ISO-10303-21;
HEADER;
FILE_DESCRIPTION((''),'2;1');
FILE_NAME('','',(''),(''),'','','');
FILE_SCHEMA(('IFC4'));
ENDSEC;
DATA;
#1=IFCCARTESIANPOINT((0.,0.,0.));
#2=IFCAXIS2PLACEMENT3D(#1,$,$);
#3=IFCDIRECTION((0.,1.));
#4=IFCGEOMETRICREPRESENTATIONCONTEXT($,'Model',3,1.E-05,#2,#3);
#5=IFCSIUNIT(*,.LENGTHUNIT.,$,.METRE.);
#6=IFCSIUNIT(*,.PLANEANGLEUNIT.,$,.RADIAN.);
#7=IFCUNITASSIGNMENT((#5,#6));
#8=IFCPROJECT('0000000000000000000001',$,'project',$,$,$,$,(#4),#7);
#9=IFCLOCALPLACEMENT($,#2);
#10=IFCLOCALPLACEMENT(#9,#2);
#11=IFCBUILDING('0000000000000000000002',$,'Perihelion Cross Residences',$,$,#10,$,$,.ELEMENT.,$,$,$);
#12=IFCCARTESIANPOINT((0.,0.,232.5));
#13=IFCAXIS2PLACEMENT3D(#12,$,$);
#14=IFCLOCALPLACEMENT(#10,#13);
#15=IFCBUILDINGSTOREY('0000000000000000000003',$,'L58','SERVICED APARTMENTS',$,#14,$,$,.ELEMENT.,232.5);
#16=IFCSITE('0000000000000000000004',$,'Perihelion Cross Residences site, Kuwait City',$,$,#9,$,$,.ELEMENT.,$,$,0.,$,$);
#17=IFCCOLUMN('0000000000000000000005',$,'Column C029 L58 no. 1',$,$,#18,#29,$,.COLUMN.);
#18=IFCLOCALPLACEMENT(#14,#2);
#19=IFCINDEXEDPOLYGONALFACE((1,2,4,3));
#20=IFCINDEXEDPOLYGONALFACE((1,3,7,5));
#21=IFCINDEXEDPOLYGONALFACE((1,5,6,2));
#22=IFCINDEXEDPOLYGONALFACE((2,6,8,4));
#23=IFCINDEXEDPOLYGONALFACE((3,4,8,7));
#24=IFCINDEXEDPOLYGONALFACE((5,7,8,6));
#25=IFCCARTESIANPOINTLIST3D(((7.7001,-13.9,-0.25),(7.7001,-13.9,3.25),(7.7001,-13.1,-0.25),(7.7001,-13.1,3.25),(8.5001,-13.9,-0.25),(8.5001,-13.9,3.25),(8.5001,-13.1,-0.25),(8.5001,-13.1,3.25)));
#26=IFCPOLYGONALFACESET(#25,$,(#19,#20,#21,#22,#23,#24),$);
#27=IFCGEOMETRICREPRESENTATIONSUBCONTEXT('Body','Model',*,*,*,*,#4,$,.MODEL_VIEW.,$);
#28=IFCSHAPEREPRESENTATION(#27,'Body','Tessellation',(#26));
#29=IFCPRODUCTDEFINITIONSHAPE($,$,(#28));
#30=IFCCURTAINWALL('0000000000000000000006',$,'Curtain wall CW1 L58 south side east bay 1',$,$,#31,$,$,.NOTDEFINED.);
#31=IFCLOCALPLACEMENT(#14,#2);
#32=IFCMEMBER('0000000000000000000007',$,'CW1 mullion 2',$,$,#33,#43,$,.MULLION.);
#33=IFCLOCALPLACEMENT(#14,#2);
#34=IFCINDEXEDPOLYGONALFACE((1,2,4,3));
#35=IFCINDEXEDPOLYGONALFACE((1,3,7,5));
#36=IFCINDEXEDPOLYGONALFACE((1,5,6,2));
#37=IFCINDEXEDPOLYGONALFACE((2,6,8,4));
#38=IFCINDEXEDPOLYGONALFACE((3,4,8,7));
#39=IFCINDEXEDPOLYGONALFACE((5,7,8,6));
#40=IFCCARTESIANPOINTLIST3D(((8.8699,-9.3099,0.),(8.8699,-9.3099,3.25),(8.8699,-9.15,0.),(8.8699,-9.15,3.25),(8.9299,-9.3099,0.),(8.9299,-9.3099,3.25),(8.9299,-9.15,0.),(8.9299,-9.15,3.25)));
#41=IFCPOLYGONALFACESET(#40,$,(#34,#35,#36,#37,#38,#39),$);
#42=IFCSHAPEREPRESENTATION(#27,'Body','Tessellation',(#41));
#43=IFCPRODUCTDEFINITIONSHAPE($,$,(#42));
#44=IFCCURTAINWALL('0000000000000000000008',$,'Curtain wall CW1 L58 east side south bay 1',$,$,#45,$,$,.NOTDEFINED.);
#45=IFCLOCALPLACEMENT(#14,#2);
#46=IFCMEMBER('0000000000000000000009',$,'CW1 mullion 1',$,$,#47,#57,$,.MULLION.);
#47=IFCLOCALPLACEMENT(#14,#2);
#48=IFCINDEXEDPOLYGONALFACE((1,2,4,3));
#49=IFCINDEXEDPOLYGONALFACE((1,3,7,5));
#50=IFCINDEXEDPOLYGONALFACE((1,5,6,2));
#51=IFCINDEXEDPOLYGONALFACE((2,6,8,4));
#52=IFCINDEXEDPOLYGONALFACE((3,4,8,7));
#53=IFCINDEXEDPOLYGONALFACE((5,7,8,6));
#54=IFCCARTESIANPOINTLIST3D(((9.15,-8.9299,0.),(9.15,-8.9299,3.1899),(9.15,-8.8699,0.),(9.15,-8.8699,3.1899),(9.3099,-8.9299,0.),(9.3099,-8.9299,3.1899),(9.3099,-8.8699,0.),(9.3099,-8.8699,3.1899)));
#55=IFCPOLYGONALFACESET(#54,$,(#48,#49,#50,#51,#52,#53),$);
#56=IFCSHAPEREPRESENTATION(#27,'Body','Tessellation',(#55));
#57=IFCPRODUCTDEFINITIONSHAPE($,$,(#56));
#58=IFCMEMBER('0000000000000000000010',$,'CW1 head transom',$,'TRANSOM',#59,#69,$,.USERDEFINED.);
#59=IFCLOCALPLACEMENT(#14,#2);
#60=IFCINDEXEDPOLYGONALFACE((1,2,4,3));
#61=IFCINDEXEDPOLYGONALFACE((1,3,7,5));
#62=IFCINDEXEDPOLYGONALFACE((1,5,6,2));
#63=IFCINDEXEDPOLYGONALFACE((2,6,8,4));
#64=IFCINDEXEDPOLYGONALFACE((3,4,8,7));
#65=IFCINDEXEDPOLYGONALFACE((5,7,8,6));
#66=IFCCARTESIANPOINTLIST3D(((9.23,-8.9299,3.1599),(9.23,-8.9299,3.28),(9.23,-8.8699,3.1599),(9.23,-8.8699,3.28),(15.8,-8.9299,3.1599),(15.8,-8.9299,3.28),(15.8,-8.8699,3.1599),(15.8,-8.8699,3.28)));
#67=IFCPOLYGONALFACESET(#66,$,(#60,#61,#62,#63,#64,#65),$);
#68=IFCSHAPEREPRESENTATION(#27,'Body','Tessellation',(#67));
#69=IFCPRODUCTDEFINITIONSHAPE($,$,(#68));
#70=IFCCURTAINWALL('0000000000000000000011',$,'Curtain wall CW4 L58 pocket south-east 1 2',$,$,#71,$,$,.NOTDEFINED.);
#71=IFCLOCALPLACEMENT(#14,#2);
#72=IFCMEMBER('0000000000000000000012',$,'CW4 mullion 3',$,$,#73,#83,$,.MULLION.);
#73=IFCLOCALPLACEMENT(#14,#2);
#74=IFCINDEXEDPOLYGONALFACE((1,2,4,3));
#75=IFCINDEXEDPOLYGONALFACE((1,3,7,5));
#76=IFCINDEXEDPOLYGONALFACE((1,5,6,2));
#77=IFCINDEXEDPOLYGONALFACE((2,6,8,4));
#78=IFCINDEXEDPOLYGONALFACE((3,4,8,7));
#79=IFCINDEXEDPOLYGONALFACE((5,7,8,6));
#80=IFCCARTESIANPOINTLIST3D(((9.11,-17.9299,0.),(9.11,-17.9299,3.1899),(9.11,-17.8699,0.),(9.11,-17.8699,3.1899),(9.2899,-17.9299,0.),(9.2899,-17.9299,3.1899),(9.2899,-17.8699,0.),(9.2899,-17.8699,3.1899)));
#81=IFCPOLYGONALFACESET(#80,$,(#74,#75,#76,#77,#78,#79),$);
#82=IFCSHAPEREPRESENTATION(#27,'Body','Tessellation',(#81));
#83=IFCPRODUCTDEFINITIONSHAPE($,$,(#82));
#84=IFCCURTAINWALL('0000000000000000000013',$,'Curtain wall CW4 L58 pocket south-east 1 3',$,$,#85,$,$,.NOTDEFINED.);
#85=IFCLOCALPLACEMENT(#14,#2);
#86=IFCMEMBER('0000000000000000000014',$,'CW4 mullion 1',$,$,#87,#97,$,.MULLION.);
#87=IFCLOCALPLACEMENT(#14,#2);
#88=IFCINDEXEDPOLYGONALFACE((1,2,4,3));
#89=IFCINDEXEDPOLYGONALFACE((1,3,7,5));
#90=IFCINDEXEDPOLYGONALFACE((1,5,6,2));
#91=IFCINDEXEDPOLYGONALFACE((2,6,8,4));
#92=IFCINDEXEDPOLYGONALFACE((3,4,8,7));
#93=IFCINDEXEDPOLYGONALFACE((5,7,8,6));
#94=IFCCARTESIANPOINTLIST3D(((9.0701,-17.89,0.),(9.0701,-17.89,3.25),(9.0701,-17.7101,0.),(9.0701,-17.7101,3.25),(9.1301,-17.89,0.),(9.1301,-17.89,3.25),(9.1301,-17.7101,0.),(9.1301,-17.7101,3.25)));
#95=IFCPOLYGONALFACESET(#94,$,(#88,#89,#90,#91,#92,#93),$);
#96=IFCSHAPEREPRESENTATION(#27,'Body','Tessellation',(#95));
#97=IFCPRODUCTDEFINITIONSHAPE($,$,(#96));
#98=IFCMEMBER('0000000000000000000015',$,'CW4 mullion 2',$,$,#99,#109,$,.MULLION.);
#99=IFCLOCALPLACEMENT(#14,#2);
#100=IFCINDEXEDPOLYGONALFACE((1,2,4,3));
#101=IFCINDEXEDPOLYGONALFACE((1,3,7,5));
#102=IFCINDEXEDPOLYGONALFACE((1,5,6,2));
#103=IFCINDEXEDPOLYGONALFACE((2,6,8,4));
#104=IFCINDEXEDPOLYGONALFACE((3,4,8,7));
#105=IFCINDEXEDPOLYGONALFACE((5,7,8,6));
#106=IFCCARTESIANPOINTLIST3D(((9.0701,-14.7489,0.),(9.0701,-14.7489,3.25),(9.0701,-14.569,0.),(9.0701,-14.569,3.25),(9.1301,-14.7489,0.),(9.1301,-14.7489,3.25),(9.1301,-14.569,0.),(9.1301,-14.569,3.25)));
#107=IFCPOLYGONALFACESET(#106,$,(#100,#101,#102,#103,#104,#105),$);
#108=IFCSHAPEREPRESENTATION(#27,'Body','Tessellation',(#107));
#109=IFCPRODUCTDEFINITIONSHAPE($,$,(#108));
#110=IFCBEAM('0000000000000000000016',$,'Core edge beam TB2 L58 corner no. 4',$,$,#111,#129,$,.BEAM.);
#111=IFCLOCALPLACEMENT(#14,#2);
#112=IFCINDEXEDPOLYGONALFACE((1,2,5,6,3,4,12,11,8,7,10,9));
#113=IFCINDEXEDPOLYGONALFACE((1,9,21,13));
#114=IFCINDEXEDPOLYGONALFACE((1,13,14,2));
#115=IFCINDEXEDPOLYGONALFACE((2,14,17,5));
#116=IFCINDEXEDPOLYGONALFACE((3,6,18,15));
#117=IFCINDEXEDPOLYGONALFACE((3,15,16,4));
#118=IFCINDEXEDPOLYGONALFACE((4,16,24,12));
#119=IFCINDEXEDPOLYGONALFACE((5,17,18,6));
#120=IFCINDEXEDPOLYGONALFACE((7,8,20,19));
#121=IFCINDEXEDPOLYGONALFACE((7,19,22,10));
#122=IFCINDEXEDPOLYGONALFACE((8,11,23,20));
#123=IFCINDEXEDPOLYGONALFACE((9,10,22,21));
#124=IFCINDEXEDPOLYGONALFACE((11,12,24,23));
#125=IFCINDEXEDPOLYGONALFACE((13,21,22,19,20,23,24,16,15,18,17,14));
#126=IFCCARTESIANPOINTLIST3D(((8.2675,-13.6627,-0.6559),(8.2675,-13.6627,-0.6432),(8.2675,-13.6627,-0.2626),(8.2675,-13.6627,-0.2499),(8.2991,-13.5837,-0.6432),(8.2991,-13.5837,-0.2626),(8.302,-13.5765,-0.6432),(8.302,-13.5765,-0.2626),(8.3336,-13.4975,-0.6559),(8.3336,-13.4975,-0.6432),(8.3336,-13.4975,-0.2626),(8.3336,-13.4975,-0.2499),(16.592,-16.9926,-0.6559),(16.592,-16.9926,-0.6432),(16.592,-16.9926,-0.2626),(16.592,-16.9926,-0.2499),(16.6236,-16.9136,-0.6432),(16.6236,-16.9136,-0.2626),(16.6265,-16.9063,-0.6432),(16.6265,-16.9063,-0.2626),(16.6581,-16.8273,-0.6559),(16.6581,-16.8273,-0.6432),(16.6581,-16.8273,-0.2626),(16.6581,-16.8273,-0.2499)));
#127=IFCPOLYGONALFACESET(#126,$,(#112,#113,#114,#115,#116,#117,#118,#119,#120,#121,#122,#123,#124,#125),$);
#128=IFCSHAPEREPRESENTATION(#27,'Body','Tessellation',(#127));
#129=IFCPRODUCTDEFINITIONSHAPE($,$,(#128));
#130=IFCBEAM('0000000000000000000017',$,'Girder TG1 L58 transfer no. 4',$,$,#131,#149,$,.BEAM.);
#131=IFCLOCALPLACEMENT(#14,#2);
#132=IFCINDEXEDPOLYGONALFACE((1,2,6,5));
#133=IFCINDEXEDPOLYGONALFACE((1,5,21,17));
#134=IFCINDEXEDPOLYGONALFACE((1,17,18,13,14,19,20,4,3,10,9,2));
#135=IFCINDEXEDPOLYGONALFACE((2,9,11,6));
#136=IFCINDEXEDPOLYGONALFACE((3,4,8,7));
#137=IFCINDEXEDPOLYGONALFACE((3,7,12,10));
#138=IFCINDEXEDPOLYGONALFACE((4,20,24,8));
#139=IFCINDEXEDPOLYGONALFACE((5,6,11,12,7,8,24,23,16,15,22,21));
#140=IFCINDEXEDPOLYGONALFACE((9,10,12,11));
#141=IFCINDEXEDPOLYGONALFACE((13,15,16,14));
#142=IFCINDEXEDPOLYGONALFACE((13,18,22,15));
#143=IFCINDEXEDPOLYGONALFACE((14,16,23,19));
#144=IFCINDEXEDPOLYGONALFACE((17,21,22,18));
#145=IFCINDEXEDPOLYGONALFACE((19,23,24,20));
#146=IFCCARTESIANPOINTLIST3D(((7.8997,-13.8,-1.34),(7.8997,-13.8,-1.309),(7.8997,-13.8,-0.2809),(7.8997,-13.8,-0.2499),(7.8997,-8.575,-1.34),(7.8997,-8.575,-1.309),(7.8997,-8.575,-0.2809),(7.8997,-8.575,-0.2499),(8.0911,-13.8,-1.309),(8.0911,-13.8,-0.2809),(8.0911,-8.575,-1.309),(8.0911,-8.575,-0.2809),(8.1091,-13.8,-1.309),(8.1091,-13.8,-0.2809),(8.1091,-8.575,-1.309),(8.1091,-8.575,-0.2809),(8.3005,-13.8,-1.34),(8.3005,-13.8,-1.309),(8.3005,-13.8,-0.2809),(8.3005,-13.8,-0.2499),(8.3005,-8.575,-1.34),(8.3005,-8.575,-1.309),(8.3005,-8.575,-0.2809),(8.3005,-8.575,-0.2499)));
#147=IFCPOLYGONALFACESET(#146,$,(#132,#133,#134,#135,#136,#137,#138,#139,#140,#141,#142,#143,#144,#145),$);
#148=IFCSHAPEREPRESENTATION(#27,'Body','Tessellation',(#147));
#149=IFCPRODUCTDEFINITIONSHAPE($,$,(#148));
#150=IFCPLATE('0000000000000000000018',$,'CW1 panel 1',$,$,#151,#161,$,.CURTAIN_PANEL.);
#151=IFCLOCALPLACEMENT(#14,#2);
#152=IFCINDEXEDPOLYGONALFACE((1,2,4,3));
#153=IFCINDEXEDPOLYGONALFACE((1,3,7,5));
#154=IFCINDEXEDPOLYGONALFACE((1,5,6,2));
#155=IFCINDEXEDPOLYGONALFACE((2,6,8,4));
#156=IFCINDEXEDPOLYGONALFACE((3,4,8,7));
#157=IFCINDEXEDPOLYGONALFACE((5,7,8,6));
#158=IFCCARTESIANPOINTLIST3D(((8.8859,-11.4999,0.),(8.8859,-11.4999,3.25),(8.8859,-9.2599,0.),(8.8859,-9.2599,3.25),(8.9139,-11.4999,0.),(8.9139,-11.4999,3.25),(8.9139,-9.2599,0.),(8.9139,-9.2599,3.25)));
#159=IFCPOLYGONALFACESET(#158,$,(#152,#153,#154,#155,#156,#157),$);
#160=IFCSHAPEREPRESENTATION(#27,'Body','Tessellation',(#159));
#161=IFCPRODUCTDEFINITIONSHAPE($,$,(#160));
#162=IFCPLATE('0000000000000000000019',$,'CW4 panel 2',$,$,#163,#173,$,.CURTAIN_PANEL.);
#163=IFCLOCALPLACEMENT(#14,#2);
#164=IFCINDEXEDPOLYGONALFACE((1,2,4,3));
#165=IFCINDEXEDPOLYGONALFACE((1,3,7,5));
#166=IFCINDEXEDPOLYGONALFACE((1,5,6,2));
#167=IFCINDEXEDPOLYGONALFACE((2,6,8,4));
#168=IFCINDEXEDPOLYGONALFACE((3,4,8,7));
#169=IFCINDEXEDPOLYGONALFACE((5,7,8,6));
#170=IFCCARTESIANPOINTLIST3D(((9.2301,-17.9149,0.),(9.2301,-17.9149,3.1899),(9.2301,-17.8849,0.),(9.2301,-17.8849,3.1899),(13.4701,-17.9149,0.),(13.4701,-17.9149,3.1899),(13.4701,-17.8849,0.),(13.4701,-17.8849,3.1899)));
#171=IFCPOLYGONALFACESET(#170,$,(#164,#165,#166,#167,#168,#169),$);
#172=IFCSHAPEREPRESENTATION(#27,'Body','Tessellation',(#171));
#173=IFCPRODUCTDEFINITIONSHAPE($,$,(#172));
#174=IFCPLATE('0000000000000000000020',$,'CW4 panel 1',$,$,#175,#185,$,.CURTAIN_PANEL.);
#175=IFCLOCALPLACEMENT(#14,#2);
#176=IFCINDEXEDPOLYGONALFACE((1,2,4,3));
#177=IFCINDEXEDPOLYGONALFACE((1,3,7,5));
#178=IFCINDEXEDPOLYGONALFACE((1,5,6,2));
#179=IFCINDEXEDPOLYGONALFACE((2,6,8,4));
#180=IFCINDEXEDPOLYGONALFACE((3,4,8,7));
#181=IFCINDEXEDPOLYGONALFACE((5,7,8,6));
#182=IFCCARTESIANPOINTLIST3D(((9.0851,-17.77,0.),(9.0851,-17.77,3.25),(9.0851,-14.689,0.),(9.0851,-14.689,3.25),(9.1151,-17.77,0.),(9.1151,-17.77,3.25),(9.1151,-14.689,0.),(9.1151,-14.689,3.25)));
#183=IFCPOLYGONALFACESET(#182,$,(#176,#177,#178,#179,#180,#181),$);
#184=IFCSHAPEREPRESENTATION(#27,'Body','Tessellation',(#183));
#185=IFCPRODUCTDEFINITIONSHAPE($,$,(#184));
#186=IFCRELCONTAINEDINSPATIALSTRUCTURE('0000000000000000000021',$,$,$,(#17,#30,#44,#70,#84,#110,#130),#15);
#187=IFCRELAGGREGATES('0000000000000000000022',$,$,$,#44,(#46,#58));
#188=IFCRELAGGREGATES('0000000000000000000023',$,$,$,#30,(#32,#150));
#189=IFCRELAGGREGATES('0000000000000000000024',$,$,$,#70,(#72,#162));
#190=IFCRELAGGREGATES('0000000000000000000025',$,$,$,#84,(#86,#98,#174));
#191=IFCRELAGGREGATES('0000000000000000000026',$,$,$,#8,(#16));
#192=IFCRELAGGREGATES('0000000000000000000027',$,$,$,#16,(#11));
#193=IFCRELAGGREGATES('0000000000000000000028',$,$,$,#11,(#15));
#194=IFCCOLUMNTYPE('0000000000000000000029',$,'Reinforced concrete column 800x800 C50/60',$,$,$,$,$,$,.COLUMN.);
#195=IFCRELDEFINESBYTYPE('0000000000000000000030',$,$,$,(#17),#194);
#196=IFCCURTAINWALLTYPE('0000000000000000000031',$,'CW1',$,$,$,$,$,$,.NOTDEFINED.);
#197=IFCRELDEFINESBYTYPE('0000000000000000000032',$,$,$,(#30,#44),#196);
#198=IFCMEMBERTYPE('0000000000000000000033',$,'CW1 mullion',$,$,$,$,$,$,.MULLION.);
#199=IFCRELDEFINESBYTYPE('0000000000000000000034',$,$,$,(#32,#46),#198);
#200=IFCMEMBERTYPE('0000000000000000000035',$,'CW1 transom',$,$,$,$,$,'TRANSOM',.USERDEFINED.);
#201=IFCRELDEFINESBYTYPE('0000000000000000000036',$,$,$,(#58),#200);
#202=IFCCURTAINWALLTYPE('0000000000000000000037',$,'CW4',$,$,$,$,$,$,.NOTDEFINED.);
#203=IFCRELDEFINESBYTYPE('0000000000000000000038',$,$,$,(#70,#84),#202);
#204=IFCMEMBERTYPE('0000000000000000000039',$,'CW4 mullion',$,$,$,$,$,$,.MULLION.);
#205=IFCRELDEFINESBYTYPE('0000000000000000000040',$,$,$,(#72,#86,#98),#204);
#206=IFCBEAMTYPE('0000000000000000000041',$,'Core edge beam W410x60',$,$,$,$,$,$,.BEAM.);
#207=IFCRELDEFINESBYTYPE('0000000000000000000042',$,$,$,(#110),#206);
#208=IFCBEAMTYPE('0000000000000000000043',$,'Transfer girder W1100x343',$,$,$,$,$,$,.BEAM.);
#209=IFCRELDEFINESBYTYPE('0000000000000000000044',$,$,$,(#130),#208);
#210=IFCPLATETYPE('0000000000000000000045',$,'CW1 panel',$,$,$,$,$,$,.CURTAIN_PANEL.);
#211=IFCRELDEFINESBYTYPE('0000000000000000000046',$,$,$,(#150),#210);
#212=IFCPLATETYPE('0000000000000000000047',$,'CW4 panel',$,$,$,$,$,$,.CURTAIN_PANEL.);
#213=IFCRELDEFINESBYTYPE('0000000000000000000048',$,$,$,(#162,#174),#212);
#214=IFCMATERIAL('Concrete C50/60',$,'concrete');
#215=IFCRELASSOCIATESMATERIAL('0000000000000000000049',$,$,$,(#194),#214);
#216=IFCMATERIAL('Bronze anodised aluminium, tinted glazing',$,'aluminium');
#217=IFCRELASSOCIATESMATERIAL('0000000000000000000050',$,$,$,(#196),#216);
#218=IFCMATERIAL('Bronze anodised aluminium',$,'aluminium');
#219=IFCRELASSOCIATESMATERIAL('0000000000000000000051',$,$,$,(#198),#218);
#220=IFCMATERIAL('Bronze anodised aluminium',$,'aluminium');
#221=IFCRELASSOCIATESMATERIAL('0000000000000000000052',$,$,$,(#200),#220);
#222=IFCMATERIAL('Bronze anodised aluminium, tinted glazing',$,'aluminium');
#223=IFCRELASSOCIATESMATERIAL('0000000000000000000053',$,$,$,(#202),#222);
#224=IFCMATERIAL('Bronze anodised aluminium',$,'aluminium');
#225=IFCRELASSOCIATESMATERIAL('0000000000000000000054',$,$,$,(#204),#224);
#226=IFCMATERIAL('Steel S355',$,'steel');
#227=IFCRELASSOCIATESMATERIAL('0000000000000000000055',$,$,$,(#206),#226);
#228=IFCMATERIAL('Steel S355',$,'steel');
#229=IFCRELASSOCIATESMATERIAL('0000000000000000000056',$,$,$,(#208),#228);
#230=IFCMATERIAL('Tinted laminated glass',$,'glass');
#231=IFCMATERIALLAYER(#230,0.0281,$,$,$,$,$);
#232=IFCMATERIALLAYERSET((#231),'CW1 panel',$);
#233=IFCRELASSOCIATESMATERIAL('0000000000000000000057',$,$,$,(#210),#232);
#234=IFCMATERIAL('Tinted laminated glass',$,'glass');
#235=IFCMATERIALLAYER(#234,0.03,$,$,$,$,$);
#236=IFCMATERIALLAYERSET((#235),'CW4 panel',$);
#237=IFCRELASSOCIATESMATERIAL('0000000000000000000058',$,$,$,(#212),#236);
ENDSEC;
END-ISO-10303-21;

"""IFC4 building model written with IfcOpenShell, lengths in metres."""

from ifc_helpers import new_model, si_unit, direction, frame, origin, origin_2d, place, context, subcontext, project, spatial, rectangle, i_section, extrude, material, layer, layer_set, material_profile, profile_set, type_object, element, aggregate, save


model = new_model("IFC4")

# Units and contexts
model_context = context("Model", 3, precision=1e-05, world=origin(), true_north=direction((0.0, 1.0)))
body_context = subcontext(model_context, "Body", "Model", "MODEL_VIEW")
ifc_project = project(units=[si_unit("LENGTHUNIT", "METRE"), si_unit("PLANEANGLEUNIT", "RADIAN")], contexts=[model_context])

# Site, building, storey
site_placement = place(None, origin())
site = spatial("IfcSite", under=ifc_project, at=site_placement, Name="Perihelion Cross Residences site, Kuwait City", CompositionType="ELEMENT", RefElevation=0.0)
building_placement = place(site_placement, origin())
building = spatial("IfcBuilding", under=site, at=building_placement, Name="Perihelion Cross Residences", CompositionType="ELEMENT")
storey_placement = place(building_placement, frame((0.0, 0.0, 232.5)))
storey = spatial("IfcBuildingStorey", under=building, at=storey_placement, Name="L58", Description="SERVICED APARTMENTS", CompositionType="ELEMENT", Elevation=232.5)

# Column
ifc_material_1 = material(Name="Concrete C50/60", Category="concrete")
ifc_material_profile_1 = material_profile(ifc_material_1, rectangle(XDim=0.8, YDim=0.8, at=origin_2d()), Name="RC 800x800")
ifc_profile_set_1 = profile_set([ifc_material_profile_1], Name="Concrete C50/60")
column_type = type_object("IfcColumnType", Name="Reinforced concrete column 800x800 C50/60", PredefinedType="COLUMN", material=ifc_profile_set_1)
column_placement = place(storey_placement, frame((8.1001, -13.5, -0.25), z_axis=(0.0, 0.0, 1.0), x_axis=(1.0, 0.0, 0.0)))
element("IfcColumn", 1, at=column_placement, inside=storey, type_object=column_type, Name="Column C029 L58 no. 1", PredefinedType="COLUMN", context=body_context, shape_type="SweptSolid", body=[
    extrude(rectangle(XDim=0.8, YDim=0.8, at=origin_2d()), origin(), (0.0, 0.0, 1.0), 3.5),
])

# Curtain wall, member
ifc_material_2 = material(Name="Bronze anodised aluminium, tinted glazing", Category="aluminium")
curtain_wall_type_1 = type_object("IfcCurtainWallType", Name="CW1", PredefinedType="NOTDEFINED", material=ifc_material_2)
curtain_wall_1_placement = place(storey_placement, origin())
curtain_wall_1 = element("IfcCurtainWall", 2, at=curtain_wall_1_placement, inside=storey, type_object=curtain_wall_type_1, Name="Curtain wall CW1 L58 south side east bay 1", PredefinedType="NOTDEFINED")
ifc_material_3 = material(Name="Bronze anodised aluminium", Category="aluminium")
ifc_material_profile_2 = material_profile(ifc_material_3, rectangle(XDim=0.0601, YDim=0.1599, at=origin_2d()), Name="CW1 mullion")
ifc_profile_set_2 = profile_set([ifc_material_profile_2], Name="Bronze anodised aluminium")
member_type_1 = type_object("IfcMemberType", Name="CW1 mullion", PredefinedType="MULLION", material=ifc_profile_set_2)
member_1_placement = place(storey_placement, frame((8.8999, -9.23, 0.0), z_axis=(0.0, 0.0, 1.0), x_axis=(-1.0, 0.0, 0.0)))
member_1 = element("IfcMember", 3, at=member_1_placement, type_object=member_type_1, Name="CW1 mullion 2", PredefinedType="MULLION", context=body_context, shape_type="SweptSolid", body=[
    extrude(rectangle(XDim=0.0601, YDim=0.1599, at=origin_2d()), origin(), (0.0, 0.0, 1.0), 3.25),
])

# Curtain wall, members
curtain_wall_2_placement = place(storey_placement, origin())
curtain_wall_2 = element("IfcCurtainWall", 4, at=curtain_wall_2_placement, inside=storey, type_object=curtain_wall_type_1, Name="Curtain wall CW1 L58 east side south bay 1", PredefinedType="NOTDEFINED")
member_2_placement = place(storey_placement, frame((9.23, -8.8999, 0.0), z_axis=(0.0, 0.0, 1.0), x_axis=(0.0, 1.0, 0.0)))
member_2 = element("IfcMember", 5, at=member_2_placement, type_object=member_type_1, Name="CW1 mullion 1", PredefinedType="MULLION", context=body_context, shape_type="SweptSolid", body=[
    extrude(rectangle(XDim=0.0601, YDim=0.1599, at=origin_2d()), origin(), (0.0, 0.0, 1.0), 3.1899),
])
ifc_material_4 = material(Name="Bronze anodised aluminium", Category="aluminium")
ifc_material_profile_3 = material_profile(ifc_material_4, rectangle(XDim=0.0601, YDim=0.1201, at=origin_2d()), Name="CW1 transom")
ifc_profile_set_3 = profile_set([ifc_material_profile_3], Name="Bronze anodised aluminium")
member_type_2 = type_object("IfcMemberType", Name="CW1 transom", ElementType="TRANSOM", PredefinedType="USERDEFINED", material=ifc_profile_set_3)
member_3_placement = place(storey_placement, frame((9.23, -8.8999, 3.22), z_axis=(1.0, 0.0, 0.0), x_axis=(0.0, 1.0, 0.0)))
member_3 = element("IfcMember", 6, at=member_3_placement, type_object=member_type_2, Name="CW1 head transom", ObjectType="TRANSOM", PredefinedType="USERDEFINED", context=body_context, shape_type="SweptSolid", body=[
    extrude(rectangle(XDim=0.0601, YDim=0.1201, at=origin_2d()), origin(), (0.0, 0.0, 1.0), 6.5701),
])
aggregate(curtain_wall_2, [member_2, member_3])

# Curtain wall, member
ifc_material_5 = material(Name="Bronze anodised aluminium, tinted glazing", Category="aluminium")
curtain_wall_type_2 = type_object("IfcCurtainWallType", Name="CW4", PredefinedType="NOTDEFINED", material=ifc_material_5)
curtain_wall_3_placement = place(storey_placement, origin())
curtain_wall_3 = element("IfcCurtainWall", 7, at=curtain_wall_3_placement, inside=storey, type_object=curtain_wall_type_2, Name="Curtain wall CW4 L58 pocket south-east 1 2", PredefinedType="NOTDEFINED")
ifc_material_6 = material(Name="Bronze anodised aluminium", Category="aluminium")
ifc_material_profile_4 = material_profile(ifc_material_6, rectangle(XDim=0.0601, YDim=0.1799, at=origin_2d()), Name="CW4 mullion")
ifc_profile_set_4 = profile_set([ifc_material_profile_4], Name="Bronze anodised aluminium")
member_type_3 = type_object("IfcMemberType", Name="CW4 mullion", PredefinedType="MULLION", material=ifc_profile_set_4)
member_4_placement = place(storey_placement, frame((9.2, -17.8999, 0.0), z_axis=(0.0, 0.0, 1.0), x_axis=(0.0, -1.0, 0.0)))
member_4 = element("IfcMember", 8, at=member_4_placement, type_object=member_type_3, Name="CW4 mullion 3", PredefinedType="MULLION", context=body_context, shape_type="SweptSolid", body=[
    extrude(rectangle(XDim=0.0601, YDim=0.1799, at=origin_2d()), origin(), (0.0, 0.0, 1.0), 3.1899),
])

# Curtain wall, members
curtain_wall_4_placement = place(storey_placement, origin())
curtain_wall_4 = element("IfcCurtainWall", 9, at=curtain_wall_4_placement, inside=storey, type_object=curtain_wall_type_2, Name="Curtain wall CW4 L58 pocket south-east 1 3", PredefinedType="NOTDEFINED")
member_5_placement = place(storey_placement, frame((9.1001, -17.8, 0.0), z_axis=(0.0, 0.0, 1.0), x_axis=(-1.0, 0.0, 0.0)))
member_5 = element("IfcMember", 10, at=member_5_placement, type_object=member_type_3, Name="CW4 mullion 1", PredefinedType="MULLION", context=body_context, shape_type="SweptSolid", body=[
    extrude(rectangle(XDim=0.0601, YDim=0.1799, at=origin_2d()), origin(), (0.0, 0.0, 1.0), 3.25),
])
member_6_placement = place(storey_placement, frame((9.1001, -14.6589, 0.0), z_axis=(0.0, 0.0, 1.0), x_axis=(-1.0, 0.0, 0.0)))
member_6 = element("IfcMember", 11, at=member_6_placement, type_object=member_type_3, Name="CW4 mullion 2", PredefinedType="MULLION", context=body_context, shape_type="SweptSolid", body=[
    extrude(rectangle(XDim=0.0601, YDim=0.1799, at=origin_2d()), origin(), (0.0, 0.0, 1.0), 3.25),
])

# Beams
ifc_material_7 = material(Name="Steel S355", Category="steel")
ifc_material_profile_5 = material_profile(ifc_material_7, i_section(OverallWidth=0.178, OverallDepth=0.406, WebThickness=0.0078, FlangeThickness=0.0127, at=origin_2d()), Name="W410x60")
ifc_profile_set_5 = profile_set([ifc_material_profile_5], Name="Steel S355")
beam_type_1 = type_object("IfcBeamType", Name="Core edge beam W410x60", PredefinedType="BEAM", material=ifc_profile_set_5)
beam_1_placement = place(storey_placement, frame((8.3005, -13.5801, -0.4529), z_axis=(0.928475, -0.371395, 0.0), x_axis=(0.371395, 0.928475, 0.0)))
element("IfcBeam", 12, at=beam_1_placement, inside=storey, type_object=beam_type_1, Name="Core edge beam TB2 L58 corner no. 4", PredefinedType="BEAM", context=body_context, shape_type="SweptSolid", body=[
    extrude(i_section(OverallWidth=0.178, OverallDepth=0.406, WebThickness=0.0078, FlangeThickness=0.0127, at=origin_2d()), origin(), (0.0, 0.0, 1.0), 8.9658),
])
ifc_material_8 = material(Name="Steel S355", Category="steel")
ifc_material_profile_6 = material_profile(ifc_material_8, i_section(OverallWidth=0.4009, OverallDepth=1.0901, WebThickness=0.0181, FlangeThickness=0.031, at=origin_2d()), Name="W1100x343")
ifc_profile_set_6 = profile_set([ifc_material_profile_6], Name="Steel S355")
beam_type_2 = type_object("IfcBeamType", Name="Transfer girder W1100x343", PredefinedType="BEAM", material=ifc_profile_set_6)
beam_2_placement = place(storey_placement, frame((8.1001, -13.8, -0.7949), z_axis=(0.0, 1.0, 0.0), x_axis=(-1.0, 0.0, 0.0)))
element("IfcBeam", 13, at=beam_2_placement, inside=storey, type_object=beam_type_2, Name="Girder TG1 L58 transfer no. 4", PredefinedType="BEAM", context=body_context, shape_type="SweptSolid", body=[
    extrude(i_section(OverallWidth=0.4009, OverallDepth=1.0901, WebThickness=0.0181, FlangeThickness=0.031, at=origin_2d()), origin(), (0.0, 0.0, 1.0), 5.2251),
])

# Plates
ifc_material_9 = material(Name="Tinted laminated glass", Category="glass")
ifc_layer_1 = layer(ifc_material_9, 0.0281)
ifc_layer_set_1 = layer_set([ifc_layer_1], Name="CW1 panel")
plate_type_1 = type_object("IfcPlateType", Name="CW1 panel", PredefinedType="CURTAIN_PANEL", material=ifc_layer_set_1)
plate_1_placement = place(storey_placement, frame((8.8999, -10.3799, 0.0), z_axis=(0.0, 0.0, 1.0), x_axis=(0.0, 1.0, 0.0)))
plate_1 = element("IfcPlate", 14, at=plate_1_placement, type_object=plate_type_1, Name="CW1 panel 1", PredefinedType="CURTAIN_PANEL", context=body_context, shape_type="SweptSolid", body=[
    extrude(rectangle(XDim=2.24, YDim=0.0281, at=origin_2d()), origin(), (0.0, 0.0, 1.0), 3.25),
])
aggregate(curtain_wall_1, [member_1, plate_1])
ifc_material_10 = material(Name="Tinted laminated glass", Category="glass")
ifc_layer_2 = layer(ifc_material_10, 0.03)
ifc_layer_set_2 = layer_set([ifc_layer_2], Name="CW4 panel")
plate_type_2 = type_object("IfcPlateType", Name="CW4 panel", PredefinedType="CURTAIN_PANEL", material=ifc_layer_set_2)
plate_2_placement = place(storey_placement, frame((11.3501, -17.8999, 0.0), z_axis=(0.0, 0.0, 1.0), x_axis=(-1.0, 0.0, 0.0)))
plate_2 = element("IfcPlate", 15, at=plate_2_placement, type_object=plate_type_2, Name="CW4 panel 2", PredefinedType="CURTAIN_PANEL", context=body_context, shape_type="SweptSolid", body=[
    extrude(rectangle(XDim=4.24, YDim=0.03, at=origin_2d()), origin(), (0.0, 0.0, 1.0), 3.1899),
])
aggregate(curtain_wall_3, [member_4, plate_2])
plate_3_placement = place(storey_placement, frame((9.1001, -16.2295, 0.0), z_axis=(0.0, 0.0, 1.0), x_axis=(0.0, 1.0, 0.0)))
plate_3 = element("IfcPlate", 16, at=plate_3_placement, type_object=plate_type_2, Name="CW4 panel 1", PredefinedType="CURTAIN_PANEL", context=body_context, shape_type="SweptSolid", body=[
    extrude(rectangle(XDim=3.0811, YDim=0.03, at=origin_2d()), origin(), (0.0, 0.0, 1.0), 3.25),
])
aggregate(curtain_wall_4, [member_5, member_6, plate_3])

save(model, "model.ifc")
